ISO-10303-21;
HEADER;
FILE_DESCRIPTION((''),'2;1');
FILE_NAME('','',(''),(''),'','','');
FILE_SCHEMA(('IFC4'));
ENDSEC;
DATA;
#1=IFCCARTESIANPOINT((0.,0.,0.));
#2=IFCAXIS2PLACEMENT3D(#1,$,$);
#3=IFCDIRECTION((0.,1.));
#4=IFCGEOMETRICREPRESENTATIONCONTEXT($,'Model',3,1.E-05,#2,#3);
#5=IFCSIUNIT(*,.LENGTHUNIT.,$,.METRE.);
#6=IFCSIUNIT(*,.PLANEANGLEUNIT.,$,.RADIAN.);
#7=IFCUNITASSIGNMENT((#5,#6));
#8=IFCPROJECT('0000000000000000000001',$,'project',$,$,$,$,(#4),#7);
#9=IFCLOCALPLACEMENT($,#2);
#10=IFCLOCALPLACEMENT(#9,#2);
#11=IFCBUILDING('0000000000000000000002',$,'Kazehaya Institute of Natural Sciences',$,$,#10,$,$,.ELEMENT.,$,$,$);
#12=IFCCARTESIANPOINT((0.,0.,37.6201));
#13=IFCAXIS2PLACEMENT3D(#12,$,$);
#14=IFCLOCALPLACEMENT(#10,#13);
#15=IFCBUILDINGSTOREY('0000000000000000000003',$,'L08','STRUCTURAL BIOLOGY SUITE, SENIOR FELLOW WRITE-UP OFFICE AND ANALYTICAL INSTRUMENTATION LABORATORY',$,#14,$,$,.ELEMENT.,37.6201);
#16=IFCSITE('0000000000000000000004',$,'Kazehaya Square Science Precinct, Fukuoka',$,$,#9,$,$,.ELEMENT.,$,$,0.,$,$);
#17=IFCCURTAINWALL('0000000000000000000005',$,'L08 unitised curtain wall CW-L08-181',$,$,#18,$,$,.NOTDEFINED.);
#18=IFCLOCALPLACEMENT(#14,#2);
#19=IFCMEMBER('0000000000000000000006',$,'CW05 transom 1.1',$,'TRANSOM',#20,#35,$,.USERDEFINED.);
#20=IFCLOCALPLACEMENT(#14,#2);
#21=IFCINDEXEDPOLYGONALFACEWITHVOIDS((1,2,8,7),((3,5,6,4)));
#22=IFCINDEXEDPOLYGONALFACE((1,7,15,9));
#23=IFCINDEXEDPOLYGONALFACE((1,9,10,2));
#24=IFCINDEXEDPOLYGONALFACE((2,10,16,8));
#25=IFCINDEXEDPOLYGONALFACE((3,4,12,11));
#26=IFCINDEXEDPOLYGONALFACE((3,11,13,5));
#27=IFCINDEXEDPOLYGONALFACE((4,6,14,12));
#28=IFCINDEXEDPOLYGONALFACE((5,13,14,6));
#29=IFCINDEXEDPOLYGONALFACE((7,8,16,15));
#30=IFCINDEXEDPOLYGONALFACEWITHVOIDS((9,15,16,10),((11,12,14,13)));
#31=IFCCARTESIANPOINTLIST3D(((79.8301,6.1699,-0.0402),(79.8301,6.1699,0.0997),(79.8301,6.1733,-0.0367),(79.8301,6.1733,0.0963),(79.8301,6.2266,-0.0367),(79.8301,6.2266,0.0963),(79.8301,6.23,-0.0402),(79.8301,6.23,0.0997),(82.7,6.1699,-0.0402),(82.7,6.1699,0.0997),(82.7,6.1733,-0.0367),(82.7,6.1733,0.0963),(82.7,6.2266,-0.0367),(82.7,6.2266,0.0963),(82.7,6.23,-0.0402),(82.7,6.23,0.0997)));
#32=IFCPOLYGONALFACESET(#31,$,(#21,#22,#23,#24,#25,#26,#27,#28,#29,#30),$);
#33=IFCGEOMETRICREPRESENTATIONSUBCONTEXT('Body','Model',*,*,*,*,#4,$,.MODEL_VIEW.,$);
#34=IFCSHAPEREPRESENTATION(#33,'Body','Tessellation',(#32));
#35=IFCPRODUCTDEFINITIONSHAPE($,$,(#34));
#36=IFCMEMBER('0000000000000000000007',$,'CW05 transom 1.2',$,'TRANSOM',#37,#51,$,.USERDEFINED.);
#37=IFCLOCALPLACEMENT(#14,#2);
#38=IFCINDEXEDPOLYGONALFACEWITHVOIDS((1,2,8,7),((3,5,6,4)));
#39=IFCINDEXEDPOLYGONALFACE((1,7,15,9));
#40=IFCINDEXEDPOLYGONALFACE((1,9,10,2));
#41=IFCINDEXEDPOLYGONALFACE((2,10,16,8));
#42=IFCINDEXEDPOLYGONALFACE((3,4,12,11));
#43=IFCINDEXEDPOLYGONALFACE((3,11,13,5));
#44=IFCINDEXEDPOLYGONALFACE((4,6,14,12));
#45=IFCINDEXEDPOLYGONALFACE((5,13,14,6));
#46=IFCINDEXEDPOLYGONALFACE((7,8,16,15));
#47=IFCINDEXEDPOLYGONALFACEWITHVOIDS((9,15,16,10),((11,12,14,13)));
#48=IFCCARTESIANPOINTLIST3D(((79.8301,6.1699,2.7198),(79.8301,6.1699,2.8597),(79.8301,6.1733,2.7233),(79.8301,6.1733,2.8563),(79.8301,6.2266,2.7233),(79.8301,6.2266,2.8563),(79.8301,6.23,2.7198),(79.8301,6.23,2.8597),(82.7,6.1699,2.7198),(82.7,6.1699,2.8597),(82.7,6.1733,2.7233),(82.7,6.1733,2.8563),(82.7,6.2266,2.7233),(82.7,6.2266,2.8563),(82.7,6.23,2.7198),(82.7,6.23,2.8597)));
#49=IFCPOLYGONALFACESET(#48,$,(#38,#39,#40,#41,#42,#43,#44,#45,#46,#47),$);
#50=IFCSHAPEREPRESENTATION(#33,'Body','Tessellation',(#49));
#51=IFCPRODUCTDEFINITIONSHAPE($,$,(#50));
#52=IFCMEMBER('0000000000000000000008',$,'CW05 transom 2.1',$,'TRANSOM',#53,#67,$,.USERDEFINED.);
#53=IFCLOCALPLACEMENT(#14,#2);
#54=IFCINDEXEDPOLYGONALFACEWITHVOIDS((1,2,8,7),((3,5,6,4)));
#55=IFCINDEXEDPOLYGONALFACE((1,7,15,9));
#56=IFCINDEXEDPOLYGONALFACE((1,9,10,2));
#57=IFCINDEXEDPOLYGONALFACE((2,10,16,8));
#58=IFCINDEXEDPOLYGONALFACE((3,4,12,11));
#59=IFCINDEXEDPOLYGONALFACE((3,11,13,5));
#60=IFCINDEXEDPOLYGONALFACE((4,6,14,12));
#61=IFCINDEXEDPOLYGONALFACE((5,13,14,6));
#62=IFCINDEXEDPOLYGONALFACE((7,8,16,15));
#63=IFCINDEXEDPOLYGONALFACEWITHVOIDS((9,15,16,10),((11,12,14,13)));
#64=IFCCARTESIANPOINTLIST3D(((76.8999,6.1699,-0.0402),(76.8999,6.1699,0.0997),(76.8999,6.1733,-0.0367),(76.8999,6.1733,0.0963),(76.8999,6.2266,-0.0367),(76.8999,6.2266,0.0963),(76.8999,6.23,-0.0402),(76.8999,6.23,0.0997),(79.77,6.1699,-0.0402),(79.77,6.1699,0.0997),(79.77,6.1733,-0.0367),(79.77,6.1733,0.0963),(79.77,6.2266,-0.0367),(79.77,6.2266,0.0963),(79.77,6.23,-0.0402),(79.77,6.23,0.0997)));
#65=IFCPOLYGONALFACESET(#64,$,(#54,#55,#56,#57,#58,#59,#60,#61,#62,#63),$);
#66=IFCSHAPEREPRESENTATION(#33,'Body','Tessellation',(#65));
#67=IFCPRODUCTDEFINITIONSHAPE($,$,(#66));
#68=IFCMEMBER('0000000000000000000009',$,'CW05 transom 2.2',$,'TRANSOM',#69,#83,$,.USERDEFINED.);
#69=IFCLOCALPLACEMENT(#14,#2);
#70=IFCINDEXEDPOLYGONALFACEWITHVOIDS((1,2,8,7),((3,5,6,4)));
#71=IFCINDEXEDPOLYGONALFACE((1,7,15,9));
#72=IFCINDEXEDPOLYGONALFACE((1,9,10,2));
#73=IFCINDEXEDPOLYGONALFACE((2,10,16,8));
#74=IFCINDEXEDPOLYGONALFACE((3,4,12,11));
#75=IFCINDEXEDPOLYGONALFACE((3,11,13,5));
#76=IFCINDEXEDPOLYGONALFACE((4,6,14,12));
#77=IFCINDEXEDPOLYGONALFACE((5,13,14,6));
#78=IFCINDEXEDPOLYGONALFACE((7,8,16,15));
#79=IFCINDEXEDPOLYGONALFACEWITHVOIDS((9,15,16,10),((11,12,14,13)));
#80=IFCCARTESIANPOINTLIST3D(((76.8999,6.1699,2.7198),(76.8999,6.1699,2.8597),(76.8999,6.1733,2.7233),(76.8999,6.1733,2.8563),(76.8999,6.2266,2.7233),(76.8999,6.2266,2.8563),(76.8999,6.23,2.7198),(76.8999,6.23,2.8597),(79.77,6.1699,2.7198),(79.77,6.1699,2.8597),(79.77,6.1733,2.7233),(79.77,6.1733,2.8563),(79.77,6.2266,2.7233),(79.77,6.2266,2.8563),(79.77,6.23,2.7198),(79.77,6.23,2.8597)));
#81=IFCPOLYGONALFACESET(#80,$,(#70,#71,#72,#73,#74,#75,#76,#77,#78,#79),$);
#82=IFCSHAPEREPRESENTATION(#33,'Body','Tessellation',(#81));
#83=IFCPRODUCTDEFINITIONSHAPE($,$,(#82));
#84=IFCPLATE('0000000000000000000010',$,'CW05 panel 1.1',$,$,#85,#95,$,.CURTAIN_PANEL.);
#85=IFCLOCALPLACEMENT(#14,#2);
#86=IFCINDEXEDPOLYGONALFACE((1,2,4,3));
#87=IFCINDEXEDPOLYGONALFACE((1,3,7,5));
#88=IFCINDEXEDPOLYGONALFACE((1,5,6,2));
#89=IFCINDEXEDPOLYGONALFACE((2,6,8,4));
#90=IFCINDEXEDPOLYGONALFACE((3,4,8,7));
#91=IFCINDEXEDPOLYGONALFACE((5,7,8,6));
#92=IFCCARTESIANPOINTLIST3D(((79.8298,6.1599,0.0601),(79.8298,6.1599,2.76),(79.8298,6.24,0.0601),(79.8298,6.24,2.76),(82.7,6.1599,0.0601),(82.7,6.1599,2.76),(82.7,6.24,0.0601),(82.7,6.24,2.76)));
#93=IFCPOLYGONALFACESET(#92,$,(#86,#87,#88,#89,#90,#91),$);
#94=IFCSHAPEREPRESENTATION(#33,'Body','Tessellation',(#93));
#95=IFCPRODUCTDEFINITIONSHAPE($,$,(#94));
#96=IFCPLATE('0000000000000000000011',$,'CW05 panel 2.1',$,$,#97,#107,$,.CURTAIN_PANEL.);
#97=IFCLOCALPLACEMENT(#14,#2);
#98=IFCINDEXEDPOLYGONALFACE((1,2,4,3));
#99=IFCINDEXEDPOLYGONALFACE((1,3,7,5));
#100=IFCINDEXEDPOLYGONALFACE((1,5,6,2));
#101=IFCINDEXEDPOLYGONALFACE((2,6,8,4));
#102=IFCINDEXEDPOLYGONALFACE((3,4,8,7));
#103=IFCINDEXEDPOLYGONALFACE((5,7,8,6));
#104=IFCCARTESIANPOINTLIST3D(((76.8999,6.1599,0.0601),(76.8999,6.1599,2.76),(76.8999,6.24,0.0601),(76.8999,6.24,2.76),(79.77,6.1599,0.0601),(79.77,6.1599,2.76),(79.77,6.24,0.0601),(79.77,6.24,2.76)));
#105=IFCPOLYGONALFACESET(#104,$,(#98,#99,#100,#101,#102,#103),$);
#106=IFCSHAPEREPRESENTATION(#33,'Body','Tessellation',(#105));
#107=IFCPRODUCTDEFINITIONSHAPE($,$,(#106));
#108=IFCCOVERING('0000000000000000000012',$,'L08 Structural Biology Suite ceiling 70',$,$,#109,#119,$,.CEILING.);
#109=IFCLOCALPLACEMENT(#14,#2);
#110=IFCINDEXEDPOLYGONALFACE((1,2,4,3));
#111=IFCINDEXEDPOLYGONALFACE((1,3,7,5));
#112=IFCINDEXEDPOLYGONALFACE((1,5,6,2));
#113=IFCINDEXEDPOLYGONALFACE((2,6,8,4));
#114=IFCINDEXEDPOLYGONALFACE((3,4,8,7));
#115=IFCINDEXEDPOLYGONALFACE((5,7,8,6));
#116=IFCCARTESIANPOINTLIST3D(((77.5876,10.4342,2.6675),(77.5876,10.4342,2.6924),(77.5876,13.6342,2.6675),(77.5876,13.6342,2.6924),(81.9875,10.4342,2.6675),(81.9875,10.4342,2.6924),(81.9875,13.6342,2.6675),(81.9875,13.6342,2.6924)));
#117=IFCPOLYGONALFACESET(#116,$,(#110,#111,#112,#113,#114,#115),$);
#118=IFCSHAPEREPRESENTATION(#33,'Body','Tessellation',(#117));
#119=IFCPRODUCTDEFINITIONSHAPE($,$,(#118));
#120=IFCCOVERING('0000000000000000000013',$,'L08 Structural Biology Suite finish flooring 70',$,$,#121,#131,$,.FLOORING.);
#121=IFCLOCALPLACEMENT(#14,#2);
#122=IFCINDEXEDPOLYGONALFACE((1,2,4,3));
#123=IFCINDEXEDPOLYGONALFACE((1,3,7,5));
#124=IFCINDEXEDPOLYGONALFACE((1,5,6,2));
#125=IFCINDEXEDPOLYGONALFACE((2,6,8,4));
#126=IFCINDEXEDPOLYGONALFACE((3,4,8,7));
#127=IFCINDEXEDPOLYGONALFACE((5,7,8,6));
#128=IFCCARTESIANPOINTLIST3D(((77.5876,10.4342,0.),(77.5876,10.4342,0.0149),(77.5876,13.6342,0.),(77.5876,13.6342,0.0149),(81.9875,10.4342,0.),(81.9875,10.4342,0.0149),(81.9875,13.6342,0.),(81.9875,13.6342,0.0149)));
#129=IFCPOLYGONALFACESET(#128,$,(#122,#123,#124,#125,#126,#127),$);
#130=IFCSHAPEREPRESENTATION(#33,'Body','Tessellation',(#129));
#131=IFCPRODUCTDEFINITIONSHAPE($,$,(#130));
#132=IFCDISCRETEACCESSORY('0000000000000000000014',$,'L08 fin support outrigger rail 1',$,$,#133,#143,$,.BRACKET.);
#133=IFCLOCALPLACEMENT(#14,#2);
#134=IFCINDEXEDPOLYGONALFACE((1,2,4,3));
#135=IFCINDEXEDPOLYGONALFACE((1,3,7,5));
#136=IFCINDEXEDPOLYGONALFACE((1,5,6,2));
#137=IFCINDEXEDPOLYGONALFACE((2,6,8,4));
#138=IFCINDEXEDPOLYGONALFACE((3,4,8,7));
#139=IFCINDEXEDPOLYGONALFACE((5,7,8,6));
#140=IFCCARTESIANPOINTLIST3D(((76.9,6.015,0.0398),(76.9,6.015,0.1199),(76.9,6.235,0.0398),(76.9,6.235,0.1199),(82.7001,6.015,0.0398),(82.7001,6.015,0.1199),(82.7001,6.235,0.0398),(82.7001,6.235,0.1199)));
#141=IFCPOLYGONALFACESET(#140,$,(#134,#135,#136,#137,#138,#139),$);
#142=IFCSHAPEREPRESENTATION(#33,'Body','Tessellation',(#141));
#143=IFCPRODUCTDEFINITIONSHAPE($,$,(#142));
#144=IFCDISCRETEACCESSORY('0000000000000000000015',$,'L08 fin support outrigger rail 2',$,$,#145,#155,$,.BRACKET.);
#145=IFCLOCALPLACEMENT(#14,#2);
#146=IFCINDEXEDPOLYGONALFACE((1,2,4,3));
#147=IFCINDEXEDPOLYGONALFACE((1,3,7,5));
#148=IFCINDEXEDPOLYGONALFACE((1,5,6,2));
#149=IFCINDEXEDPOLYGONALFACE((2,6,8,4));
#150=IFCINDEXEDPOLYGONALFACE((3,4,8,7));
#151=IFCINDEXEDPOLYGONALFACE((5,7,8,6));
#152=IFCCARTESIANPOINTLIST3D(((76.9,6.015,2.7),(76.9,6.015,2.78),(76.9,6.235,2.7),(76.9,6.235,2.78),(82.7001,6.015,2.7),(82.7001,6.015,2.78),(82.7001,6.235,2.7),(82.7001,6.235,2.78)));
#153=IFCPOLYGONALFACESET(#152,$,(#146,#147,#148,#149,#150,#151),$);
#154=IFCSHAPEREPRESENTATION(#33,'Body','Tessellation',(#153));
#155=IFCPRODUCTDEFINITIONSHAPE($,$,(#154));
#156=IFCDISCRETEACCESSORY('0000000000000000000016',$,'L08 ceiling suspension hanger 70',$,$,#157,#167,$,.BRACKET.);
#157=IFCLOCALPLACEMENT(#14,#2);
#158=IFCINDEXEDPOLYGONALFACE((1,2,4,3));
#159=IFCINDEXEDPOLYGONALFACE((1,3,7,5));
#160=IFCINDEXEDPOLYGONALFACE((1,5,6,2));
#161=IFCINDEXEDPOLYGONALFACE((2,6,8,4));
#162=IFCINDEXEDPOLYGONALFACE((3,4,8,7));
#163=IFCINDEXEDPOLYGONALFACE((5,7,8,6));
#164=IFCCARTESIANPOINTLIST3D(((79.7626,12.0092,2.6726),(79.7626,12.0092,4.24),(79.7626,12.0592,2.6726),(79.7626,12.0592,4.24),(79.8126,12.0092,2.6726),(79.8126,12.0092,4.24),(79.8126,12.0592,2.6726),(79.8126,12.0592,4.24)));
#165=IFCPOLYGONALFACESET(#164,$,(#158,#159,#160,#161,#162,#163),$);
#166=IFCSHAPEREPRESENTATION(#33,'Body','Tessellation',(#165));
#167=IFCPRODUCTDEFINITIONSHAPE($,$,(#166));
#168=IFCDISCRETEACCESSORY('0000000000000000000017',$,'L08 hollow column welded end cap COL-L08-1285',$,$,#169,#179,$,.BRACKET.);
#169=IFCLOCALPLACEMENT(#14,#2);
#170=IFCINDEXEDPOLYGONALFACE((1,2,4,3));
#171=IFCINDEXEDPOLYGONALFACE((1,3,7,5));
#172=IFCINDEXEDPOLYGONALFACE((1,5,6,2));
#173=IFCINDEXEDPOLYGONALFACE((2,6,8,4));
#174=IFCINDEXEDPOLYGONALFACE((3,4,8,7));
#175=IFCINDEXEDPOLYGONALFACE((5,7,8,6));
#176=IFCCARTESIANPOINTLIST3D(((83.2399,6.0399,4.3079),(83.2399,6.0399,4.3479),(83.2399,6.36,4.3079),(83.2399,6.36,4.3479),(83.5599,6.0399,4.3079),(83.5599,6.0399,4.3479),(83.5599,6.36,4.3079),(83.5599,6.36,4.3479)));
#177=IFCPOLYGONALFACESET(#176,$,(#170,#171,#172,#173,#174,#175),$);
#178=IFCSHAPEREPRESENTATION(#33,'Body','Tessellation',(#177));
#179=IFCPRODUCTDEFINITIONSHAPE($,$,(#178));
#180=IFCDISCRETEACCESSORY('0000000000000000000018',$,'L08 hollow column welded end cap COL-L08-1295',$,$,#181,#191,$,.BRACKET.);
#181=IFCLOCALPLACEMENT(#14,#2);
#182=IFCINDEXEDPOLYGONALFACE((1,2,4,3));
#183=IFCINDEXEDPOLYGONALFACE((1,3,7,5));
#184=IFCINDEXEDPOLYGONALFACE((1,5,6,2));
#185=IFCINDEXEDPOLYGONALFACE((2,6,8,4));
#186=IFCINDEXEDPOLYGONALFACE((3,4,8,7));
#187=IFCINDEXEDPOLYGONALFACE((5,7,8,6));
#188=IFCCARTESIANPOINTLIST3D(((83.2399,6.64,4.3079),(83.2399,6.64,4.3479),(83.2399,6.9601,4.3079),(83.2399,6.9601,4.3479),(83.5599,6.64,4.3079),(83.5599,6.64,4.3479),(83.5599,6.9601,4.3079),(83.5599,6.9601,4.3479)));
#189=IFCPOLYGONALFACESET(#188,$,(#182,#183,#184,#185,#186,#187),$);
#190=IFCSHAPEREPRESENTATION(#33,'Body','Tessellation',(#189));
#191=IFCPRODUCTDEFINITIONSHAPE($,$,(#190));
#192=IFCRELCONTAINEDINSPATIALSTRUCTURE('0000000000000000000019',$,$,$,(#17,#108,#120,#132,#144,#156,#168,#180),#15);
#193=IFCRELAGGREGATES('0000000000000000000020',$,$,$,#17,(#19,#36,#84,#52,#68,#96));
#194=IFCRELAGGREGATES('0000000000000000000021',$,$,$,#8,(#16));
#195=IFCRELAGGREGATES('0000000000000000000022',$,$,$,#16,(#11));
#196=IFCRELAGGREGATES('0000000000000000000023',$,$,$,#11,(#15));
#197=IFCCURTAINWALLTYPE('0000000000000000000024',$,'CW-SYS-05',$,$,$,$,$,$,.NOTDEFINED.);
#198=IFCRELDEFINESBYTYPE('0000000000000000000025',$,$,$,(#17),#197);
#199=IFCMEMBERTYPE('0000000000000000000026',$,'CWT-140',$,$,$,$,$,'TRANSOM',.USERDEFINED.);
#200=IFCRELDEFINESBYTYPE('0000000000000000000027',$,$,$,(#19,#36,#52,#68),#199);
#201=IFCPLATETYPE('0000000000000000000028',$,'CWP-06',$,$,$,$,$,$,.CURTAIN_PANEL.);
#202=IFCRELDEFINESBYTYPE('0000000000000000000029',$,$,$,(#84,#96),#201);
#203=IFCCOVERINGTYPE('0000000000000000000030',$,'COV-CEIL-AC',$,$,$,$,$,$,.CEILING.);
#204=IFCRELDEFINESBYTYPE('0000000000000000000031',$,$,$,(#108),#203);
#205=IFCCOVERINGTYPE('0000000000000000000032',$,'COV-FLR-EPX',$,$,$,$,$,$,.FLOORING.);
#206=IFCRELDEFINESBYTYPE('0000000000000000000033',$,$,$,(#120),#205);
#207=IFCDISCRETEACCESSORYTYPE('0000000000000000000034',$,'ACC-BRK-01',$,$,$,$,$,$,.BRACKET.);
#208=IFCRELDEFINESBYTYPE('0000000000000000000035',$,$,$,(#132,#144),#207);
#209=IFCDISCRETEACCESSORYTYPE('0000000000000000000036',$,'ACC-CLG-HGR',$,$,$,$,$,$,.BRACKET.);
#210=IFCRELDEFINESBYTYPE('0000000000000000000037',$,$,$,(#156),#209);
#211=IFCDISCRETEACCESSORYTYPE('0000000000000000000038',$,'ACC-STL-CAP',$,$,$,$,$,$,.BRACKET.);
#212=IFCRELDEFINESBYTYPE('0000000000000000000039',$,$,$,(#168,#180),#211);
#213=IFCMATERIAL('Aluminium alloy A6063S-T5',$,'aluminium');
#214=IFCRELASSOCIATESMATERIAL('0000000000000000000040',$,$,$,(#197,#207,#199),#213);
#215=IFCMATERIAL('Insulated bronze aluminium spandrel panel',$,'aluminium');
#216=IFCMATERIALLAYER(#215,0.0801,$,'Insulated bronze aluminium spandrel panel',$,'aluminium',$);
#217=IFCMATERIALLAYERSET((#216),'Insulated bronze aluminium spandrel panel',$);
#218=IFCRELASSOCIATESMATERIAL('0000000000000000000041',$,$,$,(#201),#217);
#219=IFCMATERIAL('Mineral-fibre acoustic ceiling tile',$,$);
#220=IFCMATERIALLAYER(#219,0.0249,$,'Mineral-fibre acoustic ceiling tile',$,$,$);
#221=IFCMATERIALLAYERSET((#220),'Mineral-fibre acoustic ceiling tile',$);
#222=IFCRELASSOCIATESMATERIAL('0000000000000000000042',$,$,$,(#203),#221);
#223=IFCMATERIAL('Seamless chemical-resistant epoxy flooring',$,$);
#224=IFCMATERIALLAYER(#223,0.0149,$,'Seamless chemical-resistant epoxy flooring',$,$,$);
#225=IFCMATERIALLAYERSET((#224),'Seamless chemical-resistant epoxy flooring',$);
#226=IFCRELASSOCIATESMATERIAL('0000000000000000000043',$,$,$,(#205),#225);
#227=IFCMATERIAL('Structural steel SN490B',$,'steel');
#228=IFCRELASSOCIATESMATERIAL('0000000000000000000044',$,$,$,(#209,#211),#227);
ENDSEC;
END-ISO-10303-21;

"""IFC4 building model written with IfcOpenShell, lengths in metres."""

from ifc_helpers import new_model, si_unit, direction, frame, origin, origin_2d, place, context, subcontext, project, spatial, rectangle, hollow_rectangle, extrude, material, layer, layer_set, material_profile, profile_set, type_object, element, aggregate, save


model = new_model("IFC4")

# Units and contexts
model_context = context("Model", 3, precision=1e-05, world=origin(), true_north=direction((0.0, 1.0)))
body_context = subcontext(model_context, "Body", "Model", "MODEL_VIEW")
ifc_project = project(units=[si_unit("LENGTHUNIT", "METRE"), si_unit("PLANEANGLEUNIT", "RADIAN")], contexts=[model_context])

# Site, building, storey
site_placement = place(None, origin())
site = spatial("IfcSite", under=ifc_project, at=site_placement, Name="Kazehaya Square Science Precinct, Fukuoka", CompositionType="ELEMENT", RefElevation=0.0)
building_placement = place(site_placement, origin())
building = spatial("IfcBuilding", under=site, at=building_placement, Name="Kazehaya Institute of Natural Sciences", CompositionType="ELEMENT")
storey_placement = place(building_placement, frame((0.0, 0.0, 37.6201)))
storey = spatial("IfcBuildingStorey", under=building, at=storey_placement, Name="L08", Description="STRUCTURAL BIOLOGY SUITE, SENIOR FELLOW WRITE-UP OFFICE AND ANALYTICAL INSTRUMENTATION LABORATORY", CompositionType="ELEMENT", Elevation=37.6201)

# Shared definitions
ifc_material_1 = material(Name="Aluminium alloy A6063S-T5", Category="aluminium")
curtain_wall_type = type_object("IfcCurtainWallType", Name="CW-SYS-05", PredefinedType="NOTDEFINED", material=ifc_material_1)

# Curtain wall, members, plates
curtain_wall_1_placement = place(storey_placement, origin())
curtain_wall_1 = element("IfcCurtainWall", 1, at=curtain_wall_1_placement, inside=storey, type_object=curtain_wall_type, Name="L08 unitised curtain wall CW-L08-181", PredefinedType="NOTDEFINED")
ifc_material_profile_1 = material_profile(ifc_material_1, hollow_rectangle(XDim=0.0601, YDim=0.1399, WallThickness=0.0034, at=origin_2d()), Name="ALU-60x140x3.5")
ifc_profile_set_1 = profile_set([ifc_material_profile_1], Name="Aluminium alloy A6063S-T5")
member_type_1 = type_object("IfcMemberType", Name="CWT-140", ElementType="TRANSOM", PredefinedType="USERDEFINED", material=ifc_profile_set_1)
member_1_placement = place(storey_placement, frame((82.7, 6.2, 0.0298), z_axis=(-1.0, 0.0, 0.0), x_axis=(0.0, -1.0, 0.0)))
member_1 = element("IfcMember", 2, at=member_1_placement, type_object=member_type_1, Name="CW05 transom 1.1", ObjectType="TRANSOM", PredefinedType="USERDEFINED", context=body_context, shape_type="SweptSolid", body=[
    extrude(hollow_rectangle(XDim=0.0601, YDim=0.1399, WallThickness=0.0034, at=origin_2d()), origin(), (0.0, 0.0, 1.0), 2.8699),
])
member_2_placement = place(storey_placement, frame((82.7, 6.2, 2.7898), z_axis=(-1.0, 0.0, 0.0), x_axis=(0.0, -1.0, 0.0)))
member_2 = element("IfcMember", 3, at=member_2_placement, type_object=member_type_1, Name="CW05 transom 1.2", ObjectType="TRANSOM", PredefinedType="USERDEFINED", context=body_context, shape_type="SweptSolid", body=[
    extrude(hollow_rectangle(XDim=0.0601, YDim=0.1399, WallThickness=0.0034, at=origin_2d()), origin(), (0.0, 0.0, 1.0), 2.8699),
])
member_3_placement = place(storey_placement, frame((79.77, 6.2, 0.0298), z_axis=(-1.0, 0.0, 0.0), x_axis=(0.0, -1.0, 0.0)))
member_3 = element("IfcMember", 4, at=member_3_placement, type_object=member_type_1, Name="CW05 transom 2.1", ObjectType="TRANSOM", PredefinedType="USERDEFINED", context=body_context, shape_type="SweptSolid", body=[
    extrude(hollow_rectangle(XDim=0.0601, YDim=0.1399, WallThickness=0.0034, at=origin_2d()), origin(), (0.0, 0.0, 1.0), 2.8701),
])
member_4_placement = place(storey_placement, frame((79.77, 6.2, 2.7898), z_axis=(-1.0, 0.0, 0.0), x_axis=(0.0, -1.0, 0.0)))
member_4 = element("IfcMember", 5, at=member_4_placement, type_object=member_type_1, Name="CW05 transom 2.2", ObjectType="TRANSOM", PredefinedType="USERDEFINED", context=body_context, shape_type="SweptSolid", body=[
    extrude(hollow_rectangle(XDim=0.0601, YDim=0.1399, WallThickness=0.0034, at=origin_2d()), origin(), (0.0, 0.0, 1.0), 2.8701),
])
ifc_material_2 = material(Name="Insulated bronze aluminium spandrel panel", Category="aluminium")
ifc_layer_1 = layer(ifc_material_2, 0.0801, Name="Insulated bronze aluminium spandrel panel", Category="aluminium")
ifc_layer_set_1 = layer_set([ifc_layer_1], Name="Insulated bronze aluminium spandrel panel")
plate_type = type_object("IfcPlateType", Name="CWP-06", PredefinedType="CURTAIN_PANEL", material=ifc_layer_set_1)
plate_1_placement = place(storey_placement, frame((81.2649, 6.2, 0.0601), z_axis=(0.0, 0.0, 1.0), x_axis=(-1.0, 0.0, 0.0)))
plate_1 = element("IfcPlate", 6, at=plate_1_placement, type_object=plate_type, Name="CW05 panel 1.1", PredefinedType="CURTAIN_PANEL", context=body_context, shape_type="SweptSolid", body=[
    extrude(rectangle(XDim=2.8701, YDim=0.0801, at=origin_2d()), origin(), (0.0, 0.0, 1.0), 2.7),
])
plate_2_placement = place(storey_placement, frame((78.335, 6.2, 0.0601), z_axis=(0.0, 0.0, 1.0), x_axis=(-1.0, 0.0, 0.0)))
plate_2 = element("IfcPlate", 7, at=plate_2_placement, type_object=plate_type, Name="CW05 panel 2.1", PredefinedType="CURTAIN_PANEL", context=body_context, shape_type="SweptSolid", body=[
    extrude(rectangle(XDim=2.8701, YDim=0.0801, at=origin_2d()), origin(), (0.0, 0.0, 1.0), 2.7),
])
aggregate(curtain_wall_1, [member_1, member_2, plate_1, member_3, member_4, plate_2])

# Coverings
ifc_material_3 = material(Name="Mineral-fibre acoustic ceiling tile")
ifc_layer_2 = layer(ifc_material_3, 0.0249, Name="Mineral-fibre acoustic ceiling tile")
ifc_layer_set_2 = layer_set([ifc_layer_2], Name="Mineral-fibre acoustic ceiling tile")
covering_type_1 = type_object("IfcCoveringType", Name="COV-CEIL-AC", PredefinedType="CEILING", material=ifc_layer_set_2)
covering_1_placement = place(storey_placement, frame((79.7876, 12.0342, 2.6675), z_axis=(0.0, 0.0, 1.0), x_axis=(1.0, 0.0, 0.0)))
element("IfcCovering", 8, at=covering_1_placement, inside=storey, type_object=covering_type_1, Name="L08 Structural Biology Suite ceiling 70", PredefinedType="CEILING", context=body_context, shape_type="SweptSolid", body=[
    extrude(rectangle(XDim=4.3999, YDim=3.2, at=origin_2d()), origin(), (0.0, 0.0, 1.0), 0.0249),
])
ifc_material_4 = material(Name="Seamless chemical-resistant epoxy flooring")
ifc_layer_3 = layer(ifc_material_4, 0.0149, Name="Seamless chemical-resistant epoxy flooring")
ifc_layer_set_3 = layer_set([ifc_layer_3], Name="Seamless chemical-resistant epoxy flooring")
covering_type_2 = type_object("IfcCoveringType", Name="COV-FLR-EPX", PredefinedType="FLOORING", material=ifc_layer_set_3)
covering_2_placement = place(storey_placement, frame((79.7876, 12.0342, 0.0), z_axis=(0.0, 0.0, 1.0), x_axis=(1.0, 0.0, 0.0)))
element("IfcCovering", 9, at=covering_2_placement, inside=storey, type_object=covering_type_2, Name="L08 Structural Biology Suite finish flooring 70", PredefinedType="FLOORING", context=body_context, shape_type="SweptSolid", body=[
    extrude(rectangle(XDim=4.3999, YDim=3.2, at=origin_2d()), origin(), (0.0, 0.0, 1.0), 0.0149),
])

# Discrete accessories
discrete_accessory_type_1 = type_object("IfcDiscreteAccessoryType", Name="ACC-BRK-01", PredefinedType="BRACKET", material=ifc_material_1)
for number, where, z_axis, x_axis, name in (
    (10, (79.8, 6.125, 0.0398), (0.0, 0.0, 1.0), (-1.0, 0.0, 0.0), "L08 fin support outrigger rail 1"),
    (11, (79.8, 6.125, 2.7), (0.0, 0.0, 1.0), (-1.0, 0.0, 0.0), "L08 fin support outrigger rail 2"),
):
    element("IfcDiscreteAccessory", number, at=place(storey_placement, frame(where, z_axis=z_axis, x_axis=x_axis)), inside=storey, type_object=discrete_accessory_type_1, Name=name, PredefinedType="BRACKET", context=body_context, shape_type="SweptSolid", body=[
        extrude(rectangle(XDim=5.8, YDim=0.22, at=origin_2d()), origin(), (0.0, 0.0, 1.0), 0.0801),
    ])
ifc_material_5 = material(Name="Structural steel SN490B", Category="steel")
discrete_accessory_type_2 = type_object("IfcDiscreteAccessoryType", Name="ACC-CLG-HGR", PredefinedType="BRACKET", material=ifc_material_5)
discrete_accessory_placement = place(storey_placement, frame((79.7876, 12.0342, 2.6726), z_axis=(0.0, 0.0, 1.0), x_axis=(1.0, 0.0, 0.0)))
element("IfcDiscreteAccessory", 12, at=discrete_accessory_placement, inside=storey, type_object=discrete_accessory_type_2, Name="L08 ceiling suspension hanger 70", PredefinedType="BRACKET", context=body_context, shape_type="SweptSolid", body=[
    extrude(rectangle(XDim=0.05, YDim=0.05, at=origin_2d()), origin(), (0.0, 0.0, 1.0), 1.5674),
])
discrete_accessory_type_3 = type_object("IfcDiscreteAccessoryType", Name="ACC-STL-CAP", PredefinedType="BRACKET", material=ifc_material_5)
for number, where, z_axis, x_axis, name in (
    (13, (83.3999, 6.2, 4.3079), (0.0, 0.0, 1.0), (1.0, 0.0, 0.0), "L08 hollow column welded end cap COL-L08-1285"),
    (14, (83.3999, 6.8, 4.3079), (0.0, 0.0, 1.0), (1.0, 0.0, 0.0), "L08 hollow column welded end cap COL-L08-1295"),
):
    element("IfcDiscreteAccessory", number, at=place(storey_placement, frame(where, z_axis=z_axis, x_axis=x_axis)), inside=storey, type_object=discrete_accessory_type_3, Name=name, PredefinedType="BRACKET", context=body_context, shape_type="SweptSolid", body=[
        extrude(rectangle(XDim=0.3201, YDim=0.3201, at=origin_2d()), origin(), (0.0, 0.0, 1.0), 0.04),
    ])

save(model, "model.ifc")
